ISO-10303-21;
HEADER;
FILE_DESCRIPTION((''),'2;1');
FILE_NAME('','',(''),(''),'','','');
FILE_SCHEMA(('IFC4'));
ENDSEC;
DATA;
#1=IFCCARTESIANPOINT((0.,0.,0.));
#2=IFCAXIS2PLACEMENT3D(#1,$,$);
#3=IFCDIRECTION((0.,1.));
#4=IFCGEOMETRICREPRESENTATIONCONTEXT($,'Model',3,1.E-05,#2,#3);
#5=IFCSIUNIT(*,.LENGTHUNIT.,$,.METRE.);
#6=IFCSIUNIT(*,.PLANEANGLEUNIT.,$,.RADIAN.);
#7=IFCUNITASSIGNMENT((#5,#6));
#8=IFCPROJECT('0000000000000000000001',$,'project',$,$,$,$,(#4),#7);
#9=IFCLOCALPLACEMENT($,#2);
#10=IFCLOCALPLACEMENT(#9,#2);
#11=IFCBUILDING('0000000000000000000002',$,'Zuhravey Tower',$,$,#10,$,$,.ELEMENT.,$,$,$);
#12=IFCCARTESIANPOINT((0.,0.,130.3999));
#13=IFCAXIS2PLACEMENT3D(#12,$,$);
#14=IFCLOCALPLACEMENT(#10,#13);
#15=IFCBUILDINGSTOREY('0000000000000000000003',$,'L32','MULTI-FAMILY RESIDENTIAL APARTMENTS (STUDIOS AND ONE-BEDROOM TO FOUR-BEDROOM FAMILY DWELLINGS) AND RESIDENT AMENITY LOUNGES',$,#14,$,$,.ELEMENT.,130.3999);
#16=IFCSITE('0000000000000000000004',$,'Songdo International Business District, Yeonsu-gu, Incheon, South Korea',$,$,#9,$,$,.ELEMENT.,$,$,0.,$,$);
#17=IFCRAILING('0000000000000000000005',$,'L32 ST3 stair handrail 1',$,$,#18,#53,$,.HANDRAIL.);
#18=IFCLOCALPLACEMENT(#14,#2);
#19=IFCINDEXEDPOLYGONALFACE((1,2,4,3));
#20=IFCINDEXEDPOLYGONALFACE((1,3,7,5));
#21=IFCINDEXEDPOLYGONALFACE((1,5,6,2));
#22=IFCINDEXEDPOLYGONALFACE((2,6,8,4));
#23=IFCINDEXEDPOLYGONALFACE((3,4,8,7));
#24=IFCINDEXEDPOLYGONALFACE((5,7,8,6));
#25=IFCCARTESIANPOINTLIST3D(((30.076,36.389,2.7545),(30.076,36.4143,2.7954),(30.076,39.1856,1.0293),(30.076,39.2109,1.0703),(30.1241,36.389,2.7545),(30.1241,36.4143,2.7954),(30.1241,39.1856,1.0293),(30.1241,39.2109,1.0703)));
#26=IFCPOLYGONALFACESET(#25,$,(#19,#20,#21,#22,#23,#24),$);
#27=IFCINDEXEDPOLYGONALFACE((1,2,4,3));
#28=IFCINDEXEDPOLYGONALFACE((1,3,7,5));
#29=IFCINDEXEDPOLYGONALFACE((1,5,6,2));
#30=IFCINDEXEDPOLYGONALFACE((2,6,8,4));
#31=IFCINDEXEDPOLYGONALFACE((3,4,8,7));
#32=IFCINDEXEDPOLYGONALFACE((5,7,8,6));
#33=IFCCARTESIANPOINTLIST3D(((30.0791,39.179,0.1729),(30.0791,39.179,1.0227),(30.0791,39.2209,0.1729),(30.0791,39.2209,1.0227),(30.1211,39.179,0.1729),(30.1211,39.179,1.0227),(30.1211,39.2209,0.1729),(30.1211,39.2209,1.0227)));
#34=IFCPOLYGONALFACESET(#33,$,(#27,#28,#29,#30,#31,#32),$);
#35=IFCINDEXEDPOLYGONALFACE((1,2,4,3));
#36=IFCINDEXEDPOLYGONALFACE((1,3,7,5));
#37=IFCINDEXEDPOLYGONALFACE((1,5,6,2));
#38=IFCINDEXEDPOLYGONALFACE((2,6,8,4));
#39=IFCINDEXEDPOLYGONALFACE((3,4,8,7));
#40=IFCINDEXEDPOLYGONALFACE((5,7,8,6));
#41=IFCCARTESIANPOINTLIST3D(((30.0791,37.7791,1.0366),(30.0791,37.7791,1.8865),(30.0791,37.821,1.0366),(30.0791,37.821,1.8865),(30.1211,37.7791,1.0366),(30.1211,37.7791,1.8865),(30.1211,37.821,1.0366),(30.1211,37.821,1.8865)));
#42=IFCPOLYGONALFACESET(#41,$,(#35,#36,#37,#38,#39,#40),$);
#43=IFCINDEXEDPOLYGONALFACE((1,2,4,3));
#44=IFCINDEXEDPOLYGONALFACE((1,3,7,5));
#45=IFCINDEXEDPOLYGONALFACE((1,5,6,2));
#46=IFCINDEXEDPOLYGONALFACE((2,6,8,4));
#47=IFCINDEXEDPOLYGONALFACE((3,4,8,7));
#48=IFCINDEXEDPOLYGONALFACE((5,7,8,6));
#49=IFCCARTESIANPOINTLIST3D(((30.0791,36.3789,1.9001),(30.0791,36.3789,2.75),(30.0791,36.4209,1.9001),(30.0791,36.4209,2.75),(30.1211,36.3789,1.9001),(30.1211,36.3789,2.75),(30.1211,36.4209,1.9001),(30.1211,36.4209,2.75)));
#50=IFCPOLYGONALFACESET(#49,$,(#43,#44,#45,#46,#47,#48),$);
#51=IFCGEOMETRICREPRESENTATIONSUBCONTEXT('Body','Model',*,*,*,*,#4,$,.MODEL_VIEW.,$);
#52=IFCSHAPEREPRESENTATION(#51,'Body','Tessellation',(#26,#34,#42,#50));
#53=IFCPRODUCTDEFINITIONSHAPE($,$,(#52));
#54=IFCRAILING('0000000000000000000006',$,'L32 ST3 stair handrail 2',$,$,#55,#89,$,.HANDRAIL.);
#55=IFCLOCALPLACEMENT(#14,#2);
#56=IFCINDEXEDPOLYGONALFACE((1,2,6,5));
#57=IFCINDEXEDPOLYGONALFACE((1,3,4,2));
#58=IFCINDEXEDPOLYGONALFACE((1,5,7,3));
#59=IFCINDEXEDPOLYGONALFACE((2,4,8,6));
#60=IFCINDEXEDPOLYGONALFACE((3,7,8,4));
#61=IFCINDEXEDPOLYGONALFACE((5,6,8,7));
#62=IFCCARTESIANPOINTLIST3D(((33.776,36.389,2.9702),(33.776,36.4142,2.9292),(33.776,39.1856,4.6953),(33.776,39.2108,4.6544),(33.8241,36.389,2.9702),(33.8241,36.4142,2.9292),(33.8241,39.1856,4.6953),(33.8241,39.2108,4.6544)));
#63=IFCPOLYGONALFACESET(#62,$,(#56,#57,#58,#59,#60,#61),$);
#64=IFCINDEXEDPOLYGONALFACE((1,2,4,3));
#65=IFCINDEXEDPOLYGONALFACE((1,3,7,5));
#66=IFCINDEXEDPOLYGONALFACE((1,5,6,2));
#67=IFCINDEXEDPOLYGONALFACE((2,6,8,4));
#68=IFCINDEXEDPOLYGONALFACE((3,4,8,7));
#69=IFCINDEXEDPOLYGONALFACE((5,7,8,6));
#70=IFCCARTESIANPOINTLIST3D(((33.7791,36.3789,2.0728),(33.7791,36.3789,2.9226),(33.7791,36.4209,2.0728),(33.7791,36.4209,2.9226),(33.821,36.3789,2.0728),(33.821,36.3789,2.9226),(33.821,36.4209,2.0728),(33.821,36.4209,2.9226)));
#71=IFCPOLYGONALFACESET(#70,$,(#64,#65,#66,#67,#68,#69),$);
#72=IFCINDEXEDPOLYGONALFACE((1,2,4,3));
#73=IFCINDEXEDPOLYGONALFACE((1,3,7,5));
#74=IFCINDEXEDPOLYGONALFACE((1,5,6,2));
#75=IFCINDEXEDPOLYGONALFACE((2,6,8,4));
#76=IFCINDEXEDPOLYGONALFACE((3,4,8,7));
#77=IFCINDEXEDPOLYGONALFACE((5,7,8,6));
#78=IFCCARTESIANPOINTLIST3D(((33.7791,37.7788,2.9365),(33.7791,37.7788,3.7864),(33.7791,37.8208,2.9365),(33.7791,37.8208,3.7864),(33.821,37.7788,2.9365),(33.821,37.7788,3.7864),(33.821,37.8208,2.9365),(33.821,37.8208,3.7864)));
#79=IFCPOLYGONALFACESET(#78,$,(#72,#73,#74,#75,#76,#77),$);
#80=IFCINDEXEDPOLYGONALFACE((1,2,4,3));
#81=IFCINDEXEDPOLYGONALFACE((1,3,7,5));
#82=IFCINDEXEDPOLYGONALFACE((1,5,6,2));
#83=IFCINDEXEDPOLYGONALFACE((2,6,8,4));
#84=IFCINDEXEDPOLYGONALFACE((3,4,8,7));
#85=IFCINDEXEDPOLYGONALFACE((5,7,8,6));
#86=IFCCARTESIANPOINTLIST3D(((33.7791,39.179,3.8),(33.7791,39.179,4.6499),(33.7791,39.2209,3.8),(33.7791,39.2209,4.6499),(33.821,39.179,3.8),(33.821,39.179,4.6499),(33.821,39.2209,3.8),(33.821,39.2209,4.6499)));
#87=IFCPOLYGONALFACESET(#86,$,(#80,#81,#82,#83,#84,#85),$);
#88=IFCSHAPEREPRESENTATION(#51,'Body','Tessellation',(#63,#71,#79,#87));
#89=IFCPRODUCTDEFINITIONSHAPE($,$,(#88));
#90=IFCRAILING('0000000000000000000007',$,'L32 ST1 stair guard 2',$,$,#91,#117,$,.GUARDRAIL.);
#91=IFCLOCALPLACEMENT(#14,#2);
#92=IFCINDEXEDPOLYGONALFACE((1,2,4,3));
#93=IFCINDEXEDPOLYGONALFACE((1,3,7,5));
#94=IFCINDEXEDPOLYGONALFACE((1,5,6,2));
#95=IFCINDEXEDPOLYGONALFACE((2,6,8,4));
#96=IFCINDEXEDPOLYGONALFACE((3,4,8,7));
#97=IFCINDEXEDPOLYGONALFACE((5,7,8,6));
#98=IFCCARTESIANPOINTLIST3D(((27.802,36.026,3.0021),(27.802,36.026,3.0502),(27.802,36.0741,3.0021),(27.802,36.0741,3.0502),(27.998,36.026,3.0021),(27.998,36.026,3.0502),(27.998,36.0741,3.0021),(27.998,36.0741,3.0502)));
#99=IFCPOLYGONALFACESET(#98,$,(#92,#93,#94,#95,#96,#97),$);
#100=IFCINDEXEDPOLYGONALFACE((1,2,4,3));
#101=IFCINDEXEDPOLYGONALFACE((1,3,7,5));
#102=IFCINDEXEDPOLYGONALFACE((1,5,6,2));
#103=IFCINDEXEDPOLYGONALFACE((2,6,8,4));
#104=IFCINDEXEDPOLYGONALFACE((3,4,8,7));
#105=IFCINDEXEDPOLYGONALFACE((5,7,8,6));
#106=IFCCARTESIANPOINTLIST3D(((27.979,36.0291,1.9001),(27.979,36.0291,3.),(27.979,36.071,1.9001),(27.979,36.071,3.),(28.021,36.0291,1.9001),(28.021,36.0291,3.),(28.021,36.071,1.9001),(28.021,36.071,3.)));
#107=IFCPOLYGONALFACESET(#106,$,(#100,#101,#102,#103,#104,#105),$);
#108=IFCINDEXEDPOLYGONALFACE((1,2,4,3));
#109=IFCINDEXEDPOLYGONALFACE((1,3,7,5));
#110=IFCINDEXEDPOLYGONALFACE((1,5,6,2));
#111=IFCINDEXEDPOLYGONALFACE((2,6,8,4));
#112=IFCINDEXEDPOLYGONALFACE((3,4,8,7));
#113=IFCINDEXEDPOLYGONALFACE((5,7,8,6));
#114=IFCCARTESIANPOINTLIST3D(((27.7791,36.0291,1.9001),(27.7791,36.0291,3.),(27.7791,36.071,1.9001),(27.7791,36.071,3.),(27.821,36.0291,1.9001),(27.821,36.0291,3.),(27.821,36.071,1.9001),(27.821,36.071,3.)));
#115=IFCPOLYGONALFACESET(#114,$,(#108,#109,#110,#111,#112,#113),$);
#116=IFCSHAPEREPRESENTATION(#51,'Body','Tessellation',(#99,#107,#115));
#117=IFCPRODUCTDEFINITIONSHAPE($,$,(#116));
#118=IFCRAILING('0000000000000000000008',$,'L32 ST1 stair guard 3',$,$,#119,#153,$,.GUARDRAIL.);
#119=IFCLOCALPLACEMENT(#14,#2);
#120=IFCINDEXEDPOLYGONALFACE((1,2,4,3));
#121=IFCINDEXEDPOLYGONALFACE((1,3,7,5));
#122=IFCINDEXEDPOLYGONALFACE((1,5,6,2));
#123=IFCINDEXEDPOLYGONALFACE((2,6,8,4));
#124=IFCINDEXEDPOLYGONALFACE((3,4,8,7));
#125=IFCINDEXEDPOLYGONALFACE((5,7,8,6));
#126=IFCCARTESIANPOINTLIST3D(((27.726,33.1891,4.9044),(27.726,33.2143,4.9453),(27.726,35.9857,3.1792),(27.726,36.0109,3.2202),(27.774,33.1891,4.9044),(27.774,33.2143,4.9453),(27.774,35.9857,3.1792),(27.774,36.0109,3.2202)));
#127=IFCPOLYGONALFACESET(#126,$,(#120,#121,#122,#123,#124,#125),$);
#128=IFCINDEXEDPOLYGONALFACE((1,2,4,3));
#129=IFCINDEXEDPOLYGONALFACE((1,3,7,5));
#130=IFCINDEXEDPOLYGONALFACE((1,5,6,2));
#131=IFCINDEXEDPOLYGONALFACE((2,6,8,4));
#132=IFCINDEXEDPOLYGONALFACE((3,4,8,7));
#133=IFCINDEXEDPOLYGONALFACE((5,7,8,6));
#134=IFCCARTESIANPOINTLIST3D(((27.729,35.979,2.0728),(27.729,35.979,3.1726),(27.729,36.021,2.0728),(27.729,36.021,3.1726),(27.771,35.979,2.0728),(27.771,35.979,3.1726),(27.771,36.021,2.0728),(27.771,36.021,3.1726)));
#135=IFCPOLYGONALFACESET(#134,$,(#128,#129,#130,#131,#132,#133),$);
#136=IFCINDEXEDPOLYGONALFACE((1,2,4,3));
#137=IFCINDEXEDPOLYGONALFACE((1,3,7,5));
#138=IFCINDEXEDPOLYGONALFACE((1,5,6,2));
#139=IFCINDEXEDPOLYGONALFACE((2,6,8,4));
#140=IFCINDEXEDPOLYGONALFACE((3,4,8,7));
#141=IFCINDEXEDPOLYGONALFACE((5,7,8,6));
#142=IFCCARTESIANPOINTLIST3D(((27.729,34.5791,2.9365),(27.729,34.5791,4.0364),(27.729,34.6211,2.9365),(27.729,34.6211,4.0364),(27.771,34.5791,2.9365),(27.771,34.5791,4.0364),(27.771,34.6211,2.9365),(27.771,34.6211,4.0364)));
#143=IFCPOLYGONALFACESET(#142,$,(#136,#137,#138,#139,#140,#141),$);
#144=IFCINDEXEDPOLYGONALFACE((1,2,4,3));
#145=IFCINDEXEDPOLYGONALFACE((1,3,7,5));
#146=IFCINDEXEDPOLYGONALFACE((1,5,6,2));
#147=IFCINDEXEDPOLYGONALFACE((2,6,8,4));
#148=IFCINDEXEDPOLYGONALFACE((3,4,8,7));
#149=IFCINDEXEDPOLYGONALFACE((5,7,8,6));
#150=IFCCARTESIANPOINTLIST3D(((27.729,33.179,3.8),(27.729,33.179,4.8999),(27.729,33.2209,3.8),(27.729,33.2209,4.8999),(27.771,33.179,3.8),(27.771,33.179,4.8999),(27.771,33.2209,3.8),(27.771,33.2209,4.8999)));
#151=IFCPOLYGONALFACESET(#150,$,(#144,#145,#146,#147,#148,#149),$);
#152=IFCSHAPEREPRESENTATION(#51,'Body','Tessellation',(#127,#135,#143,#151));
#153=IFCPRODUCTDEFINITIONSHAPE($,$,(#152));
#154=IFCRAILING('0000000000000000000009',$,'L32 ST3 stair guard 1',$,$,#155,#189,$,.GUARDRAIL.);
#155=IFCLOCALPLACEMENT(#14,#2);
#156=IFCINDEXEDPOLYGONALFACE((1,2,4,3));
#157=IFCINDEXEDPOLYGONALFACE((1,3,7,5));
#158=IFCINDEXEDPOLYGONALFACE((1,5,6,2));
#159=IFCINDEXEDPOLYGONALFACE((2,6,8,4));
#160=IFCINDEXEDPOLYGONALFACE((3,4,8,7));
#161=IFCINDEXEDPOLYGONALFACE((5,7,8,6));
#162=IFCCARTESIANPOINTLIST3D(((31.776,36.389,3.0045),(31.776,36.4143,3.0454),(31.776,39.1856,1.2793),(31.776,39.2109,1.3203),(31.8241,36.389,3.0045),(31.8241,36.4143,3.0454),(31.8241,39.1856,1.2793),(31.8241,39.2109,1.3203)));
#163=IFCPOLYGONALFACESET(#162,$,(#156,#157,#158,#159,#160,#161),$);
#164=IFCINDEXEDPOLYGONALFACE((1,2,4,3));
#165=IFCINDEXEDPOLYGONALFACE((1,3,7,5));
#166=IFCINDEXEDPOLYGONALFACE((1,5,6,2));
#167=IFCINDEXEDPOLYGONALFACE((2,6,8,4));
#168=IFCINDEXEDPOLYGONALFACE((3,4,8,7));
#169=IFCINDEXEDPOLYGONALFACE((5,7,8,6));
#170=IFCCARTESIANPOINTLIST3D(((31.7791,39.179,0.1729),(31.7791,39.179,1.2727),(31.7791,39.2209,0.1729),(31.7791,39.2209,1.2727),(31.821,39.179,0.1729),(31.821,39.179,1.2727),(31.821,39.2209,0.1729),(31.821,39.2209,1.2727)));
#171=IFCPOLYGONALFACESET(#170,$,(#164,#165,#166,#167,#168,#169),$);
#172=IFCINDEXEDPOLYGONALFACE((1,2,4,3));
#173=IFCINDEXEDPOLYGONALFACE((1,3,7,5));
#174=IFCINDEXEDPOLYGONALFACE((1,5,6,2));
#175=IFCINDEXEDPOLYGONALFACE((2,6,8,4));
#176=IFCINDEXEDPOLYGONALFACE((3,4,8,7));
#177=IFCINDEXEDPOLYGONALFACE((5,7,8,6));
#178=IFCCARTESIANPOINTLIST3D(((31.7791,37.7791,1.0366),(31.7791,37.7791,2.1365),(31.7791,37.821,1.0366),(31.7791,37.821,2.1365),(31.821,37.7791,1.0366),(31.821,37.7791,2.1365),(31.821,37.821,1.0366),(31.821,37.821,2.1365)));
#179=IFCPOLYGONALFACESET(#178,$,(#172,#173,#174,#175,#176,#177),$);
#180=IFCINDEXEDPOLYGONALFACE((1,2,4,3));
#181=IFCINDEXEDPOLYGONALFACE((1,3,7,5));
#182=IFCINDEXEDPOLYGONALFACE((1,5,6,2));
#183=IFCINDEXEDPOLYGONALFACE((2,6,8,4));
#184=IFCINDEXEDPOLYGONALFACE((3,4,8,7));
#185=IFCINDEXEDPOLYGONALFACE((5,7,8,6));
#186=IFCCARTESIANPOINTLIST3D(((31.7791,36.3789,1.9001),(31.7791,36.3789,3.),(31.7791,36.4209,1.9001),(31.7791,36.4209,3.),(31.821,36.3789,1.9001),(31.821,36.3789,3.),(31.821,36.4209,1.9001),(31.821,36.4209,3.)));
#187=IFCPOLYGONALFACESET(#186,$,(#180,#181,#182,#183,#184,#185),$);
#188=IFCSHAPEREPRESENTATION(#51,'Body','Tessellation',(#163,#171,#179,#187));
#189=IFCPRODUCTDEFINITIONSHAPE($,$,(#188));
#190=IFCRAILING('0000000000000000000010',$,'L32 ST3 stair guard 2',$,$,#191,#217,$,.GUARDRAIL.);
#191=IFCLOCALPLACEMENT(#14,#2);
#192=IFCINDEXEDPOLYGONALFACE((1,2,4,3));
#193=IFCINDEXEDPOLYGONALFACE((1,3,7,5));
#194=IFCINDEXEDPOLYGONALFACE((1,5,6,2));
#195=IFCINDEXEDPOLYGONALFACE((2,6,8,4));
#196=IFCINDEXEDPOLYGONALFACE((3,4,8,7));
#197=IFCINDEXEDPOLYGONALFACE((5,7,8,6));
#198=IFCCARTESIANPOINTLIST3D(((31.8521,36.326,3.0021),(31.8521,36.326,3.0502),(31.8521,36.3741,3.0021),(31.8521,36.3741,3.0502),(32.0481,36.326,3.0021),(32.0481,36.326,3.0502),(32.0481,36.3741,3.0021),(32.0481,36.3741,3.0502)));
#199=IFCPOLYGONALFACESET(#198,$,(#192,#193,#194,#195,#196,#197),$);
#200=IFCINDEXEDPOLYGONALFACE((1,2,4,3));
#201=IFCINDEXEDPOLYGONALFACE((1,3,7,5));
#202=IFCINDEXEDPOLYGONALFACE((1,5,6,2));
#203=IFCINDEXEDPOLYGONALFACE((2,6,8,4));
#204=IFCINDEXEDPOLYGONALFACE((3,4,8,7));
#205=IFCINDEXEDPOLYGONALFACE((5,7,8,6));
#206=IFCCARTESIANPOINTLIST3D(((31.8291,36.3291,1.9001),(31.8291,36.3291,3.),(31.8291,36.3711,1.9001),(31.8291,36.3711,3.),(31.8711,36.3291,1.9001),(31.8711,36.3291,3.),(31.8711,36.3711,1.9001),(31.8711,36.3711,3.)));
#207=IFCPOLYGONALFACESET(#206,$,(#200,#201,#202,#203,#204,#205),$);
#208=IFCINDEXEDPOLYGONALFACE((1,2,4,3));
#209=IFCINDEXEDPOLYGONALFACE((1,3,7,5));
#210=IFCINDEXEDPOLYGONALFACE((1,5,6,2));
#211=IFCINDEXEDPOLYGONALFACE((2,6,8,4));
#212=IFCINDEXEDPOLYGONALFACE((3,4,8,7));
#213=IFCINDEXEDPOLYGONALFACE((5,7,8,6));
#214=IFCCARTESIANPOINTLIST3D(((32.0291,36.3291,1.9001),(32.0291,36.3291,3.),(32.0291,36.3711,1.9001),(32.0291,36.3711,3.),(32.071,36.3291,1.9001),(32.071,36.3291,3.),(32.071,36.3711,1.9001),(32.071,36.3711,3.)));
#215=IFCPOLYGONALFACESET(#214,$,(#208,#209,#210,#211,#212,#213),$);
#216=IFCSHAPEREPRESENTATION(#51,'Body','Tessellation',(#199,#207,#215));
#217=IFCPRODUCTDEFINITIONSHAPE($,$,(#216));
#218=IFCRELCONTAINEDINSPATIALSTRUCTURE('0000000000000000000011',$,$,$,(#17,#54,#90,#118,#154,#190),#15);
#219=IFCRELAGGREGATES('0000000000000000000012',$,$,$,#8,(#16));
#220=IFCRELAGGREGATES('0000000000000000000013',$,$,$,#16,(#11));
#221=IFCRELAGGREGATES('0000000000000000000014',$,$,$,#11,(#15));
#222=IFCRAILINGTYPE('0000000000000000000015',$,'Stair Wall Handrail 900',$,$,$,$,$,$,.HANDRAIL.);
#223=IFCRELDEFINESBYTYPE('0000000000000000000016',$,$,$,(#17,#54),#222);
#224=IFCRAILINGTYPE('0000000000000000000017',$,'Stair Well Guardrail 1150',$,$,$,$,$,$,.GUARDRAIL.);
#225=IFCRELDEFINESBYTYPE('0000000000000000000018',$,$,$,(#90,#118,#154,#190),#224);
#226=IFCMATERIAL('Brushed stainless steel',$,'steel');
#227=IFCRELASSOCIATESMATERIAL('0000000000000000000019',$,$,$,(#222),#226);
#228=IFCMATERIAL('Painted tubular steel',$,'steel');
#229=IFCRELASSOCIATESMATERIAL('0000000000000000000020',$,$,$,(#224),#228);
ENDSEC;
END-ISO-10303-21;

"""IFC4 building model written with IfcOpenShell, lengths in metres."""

from ifc_helpers import new_model, si_unit, direction, frame, origin, origin_2d, place, context, subcontext, project, spatial, rectangle, extrude, material, type_object, element, save


model = new_model("IFC4")

# Units and contexts
model_context = context("Model", 3, precision=1e-05, world=origin(), true_north=direction((0.0, 1.0)))
body_context = subcontext(model_context, "Body", "Model", "MODEL_VIEW")
ifc_project = project(units=[si_unit("LENGTHUNIT", "METRE"), si_unit("PLANEANGLEUNIT", "RADIAN")], contexts=[model_context])

# Site, building, storey
site_placement = place(None, origin())
site = spatial("IfcSite", under=ifc_project, at=site_placement, Name="Songdo International Business District, Yeonsu-gu, Incheon, South Korea", CompositionType="ELEMENT", RefElevation=0.0)
building_placement = place(site_placement, origin())
building = spatial("IfcBuilding", under=site, at=building_placement, Name="Zuhravey Tower", CompositionType="ELEMENT")
storey_placement = place(building_placement, frame((0.0, 0.0, 130.3999)))
storey = spatial("IfcBuildingStorey", under=building, at=storey_placement, Name="L32", Description="MULTI-FAMILY RESIDENTIAL APARTMENTS (STUDIOS AND ONE-BEDROOM TO FOUR-BEDROOM FAMILY DWELLINGS) AND RESIDENT AMENITY LOUNGES", CompositionType="ELEMENT", Elevation=130.3999)

# Railings
ifc_material_1 = material(Name="Brushed stainless steel", Category="steel")
railing_type_1 = type_object("IfcRailingType", Name="Stair Wall Handrail 900", PredefinedType="HANDRAIL", material=ifc_material_1)
for number, where, name in (
    (1, (30.1001, 39.2, 0.1729), "L32 ST3 stair handrail 1"),
):
    element("IfcRailing", number, at=place(storey_placement, frame(where)), inside=storey, type_object=railing_type_1, Name=name, PredefinedType="HANDRAIL", context=body_context, shape_type="SweptSolid", body=[
        extrude(rectangle(XDim=0.0481, YDim=0.0481, at=origin_2d()), frame((0.0, -0.0017, 0.877), z_axis=(0.0, -0.85109, 0.52502), x_axis=(1.0, 0.0, 0.0)), (0.0, 0.0, 1.0), 3.2859),
        extrude(rectangle(XDim=0.042, YDim=0.042, at=origin_2d()), origin(), (0.0, 0.0, 1.0), 0.8499),
        extrude(rectangle(XDim=0.042, YDim=0.042, at=origin_2d()), frame((0.0, -1.3999, 0.8638)), (0.0, 0.0, 1.0), 0.8499),
        extrude(rectangle(XDim=0.042, YDim=0.042, at=origin_2d()), frame((0.0, -2.8, 1.7273)), (0.0, 0.0, 1.0), 0.8499),
    ])
railing_1_placement = place(storey_placement, frame((33.8, 36.3999, 2.0728)))
element("IfcRailing", 2, at=railing_1_placement, inside=storey, type_object=railing_type_1, Name="L32 ST3 stair handrail 2", PredefinedType="HANDRAIL", context=body_context, shape_type="SweptSolid", body=[
    extrude(rectangle(XDim=0.0481, YDim=0.0481, at=origin_2d()), frame((0.0, 0.0017, 0.877), z_axis=(0.0, 0.85109, 0.52502), x_axis=(-1.0, 0.0, 0.0)), (0.0, 0.0, 1.0), 3.2859),
    extrude(rectangle(XDim=0.042, YDim=0.042, at=origin_2d()), origin(), (0.0, 0.0, 1.0), 0.8499),
    extrude(rectangle(XDim=0.042, YDim=0.042, at=origin_2d()), frame((0.0, 1.3999, 0.8638)), (0.0, 0.0, 1.0), 0.8499),
    extrude(rectangle(XDim=0.042, YDim=0.042, at=origin_2d()), frame((0.0, 2.8, 1.7273)), (0.0, 0.0, 1.0), 0.8499),
])
ifc_material_2 = material(Name="Painted tubular steel", Category="steel")
railing_type_2 = type_object("IfcRailingType", Name="Stair Well Guardrail 1150", PredefinedType="GUARDRAIL", material=ifc_material_2)
railing_2_placement = place(storey_placement, frame((28.0, 36.05, 1.9001)))
element("IfcRailing", 3, at=railing_2_placement, inside=storey, type_object=railing_type_2, Name="L32 ST1 stair guard 2", PredefinedType="GUARDRAIL", context=body_context, shape_type="SweptSolid", body=[
    extrude(rectangle(XDim=0.0481, YDim=0.0481, at=origin_2d()), frame((-0.002, 0.0, 1.126), z_axis=(-1.0, 0.0, 0.0), x_axis=(0.0, -1.0, 0.0)), (0.0, 0.0, 1.0), 0.196),
    extrude(rectangle(XDim=0.042, YDim=0.042, at=origin_2d()), origin(), (0.0, 0.0, 1.0), 1.0999),
    extrude(rectangle(XDim=0.042, YDim=0.042, at=origin_2d()), frame((-0.2, 0.0, 0.0)), (0.0, 0.0, 1.0), 1.0999),
])
for number, where, name in (
    (4, (27.75, 36.0, 2.0728), "L32 ST1 stair guard 3"),
    (5, (31.8, 39.2, 0.1729), "L32 ST3 stair guard 1"),
):
    element("IfcRailing", number, at=place(storey_placement, frame(where)), inside=storey, type_object=railing_type_2, Name=name, PredefinedType="GUARDRAIL", context=body_context, shape_type="SweptSolid", body=[
        extrude(rectangle(XDim=0.0481, YDim=0.0481, at=origin_2d()), frame((0.0, -0.0017, 1.127), z_axis=(0.0, -0.85109, 0.52502), x_axis=(1.0, 0.0, 0.0)), (0.0, 0.0, 1.0), 3.2859),
        extrude(rectangle(XDim=0.042, YDim=0.042, at=origin_2d()), origin(), (0.0, 0.0, 1.0), 1.0999),
        extrude(rectangle(XDim=0.042, YDim=0.042, at=origin_2d()), frame((0.0, -1.3999, 0.8638)), (0.0, 0.0, 1.0), 1.0999),
        extrude(rectangle(XDim=0.042, YDim=0.042, at=origin_2d()), frame((0.0, -2.8, 1.7273)), (0.0, 0.0, 1.0), 1.0999),
    ])
railing_3_placement = place(storey_placement, frame((31.8501, 36.3501, 1.9001)))
element("IfcRailing", 6, at=railing_3_placement, inside=storey, type_object=railing_type_2, Name="L32 ST3 stair guard 2", PredefinedType="GUARDRAIL", context=body_context, shape_type="SweptSolid", body=[
    extrude(rectangle(XDim=0.0481, YDim=0.0481, at=origin_2d()), frame((0.002, 0.0, 1.126), z_axis=(1.0, 0.0, 0.0), x_axis=(0.0, 1.0, 0.0)), (0.0, 0.0, 1.0), 0.196),
    extrude(rectangle(XDim=0.042, YDim=0.042, at=origin_2d()), origin(), (0.0, 0.0, 1.0), 1.0999),
    extrude(rectangle(XDim=0.042, YDim=0.042, at=origin_2d()), frame((0.2, 0.0, 0.0)), (0.0, 0.0, 1.0), 1.0999),
])

save(model, "model.ifc")
